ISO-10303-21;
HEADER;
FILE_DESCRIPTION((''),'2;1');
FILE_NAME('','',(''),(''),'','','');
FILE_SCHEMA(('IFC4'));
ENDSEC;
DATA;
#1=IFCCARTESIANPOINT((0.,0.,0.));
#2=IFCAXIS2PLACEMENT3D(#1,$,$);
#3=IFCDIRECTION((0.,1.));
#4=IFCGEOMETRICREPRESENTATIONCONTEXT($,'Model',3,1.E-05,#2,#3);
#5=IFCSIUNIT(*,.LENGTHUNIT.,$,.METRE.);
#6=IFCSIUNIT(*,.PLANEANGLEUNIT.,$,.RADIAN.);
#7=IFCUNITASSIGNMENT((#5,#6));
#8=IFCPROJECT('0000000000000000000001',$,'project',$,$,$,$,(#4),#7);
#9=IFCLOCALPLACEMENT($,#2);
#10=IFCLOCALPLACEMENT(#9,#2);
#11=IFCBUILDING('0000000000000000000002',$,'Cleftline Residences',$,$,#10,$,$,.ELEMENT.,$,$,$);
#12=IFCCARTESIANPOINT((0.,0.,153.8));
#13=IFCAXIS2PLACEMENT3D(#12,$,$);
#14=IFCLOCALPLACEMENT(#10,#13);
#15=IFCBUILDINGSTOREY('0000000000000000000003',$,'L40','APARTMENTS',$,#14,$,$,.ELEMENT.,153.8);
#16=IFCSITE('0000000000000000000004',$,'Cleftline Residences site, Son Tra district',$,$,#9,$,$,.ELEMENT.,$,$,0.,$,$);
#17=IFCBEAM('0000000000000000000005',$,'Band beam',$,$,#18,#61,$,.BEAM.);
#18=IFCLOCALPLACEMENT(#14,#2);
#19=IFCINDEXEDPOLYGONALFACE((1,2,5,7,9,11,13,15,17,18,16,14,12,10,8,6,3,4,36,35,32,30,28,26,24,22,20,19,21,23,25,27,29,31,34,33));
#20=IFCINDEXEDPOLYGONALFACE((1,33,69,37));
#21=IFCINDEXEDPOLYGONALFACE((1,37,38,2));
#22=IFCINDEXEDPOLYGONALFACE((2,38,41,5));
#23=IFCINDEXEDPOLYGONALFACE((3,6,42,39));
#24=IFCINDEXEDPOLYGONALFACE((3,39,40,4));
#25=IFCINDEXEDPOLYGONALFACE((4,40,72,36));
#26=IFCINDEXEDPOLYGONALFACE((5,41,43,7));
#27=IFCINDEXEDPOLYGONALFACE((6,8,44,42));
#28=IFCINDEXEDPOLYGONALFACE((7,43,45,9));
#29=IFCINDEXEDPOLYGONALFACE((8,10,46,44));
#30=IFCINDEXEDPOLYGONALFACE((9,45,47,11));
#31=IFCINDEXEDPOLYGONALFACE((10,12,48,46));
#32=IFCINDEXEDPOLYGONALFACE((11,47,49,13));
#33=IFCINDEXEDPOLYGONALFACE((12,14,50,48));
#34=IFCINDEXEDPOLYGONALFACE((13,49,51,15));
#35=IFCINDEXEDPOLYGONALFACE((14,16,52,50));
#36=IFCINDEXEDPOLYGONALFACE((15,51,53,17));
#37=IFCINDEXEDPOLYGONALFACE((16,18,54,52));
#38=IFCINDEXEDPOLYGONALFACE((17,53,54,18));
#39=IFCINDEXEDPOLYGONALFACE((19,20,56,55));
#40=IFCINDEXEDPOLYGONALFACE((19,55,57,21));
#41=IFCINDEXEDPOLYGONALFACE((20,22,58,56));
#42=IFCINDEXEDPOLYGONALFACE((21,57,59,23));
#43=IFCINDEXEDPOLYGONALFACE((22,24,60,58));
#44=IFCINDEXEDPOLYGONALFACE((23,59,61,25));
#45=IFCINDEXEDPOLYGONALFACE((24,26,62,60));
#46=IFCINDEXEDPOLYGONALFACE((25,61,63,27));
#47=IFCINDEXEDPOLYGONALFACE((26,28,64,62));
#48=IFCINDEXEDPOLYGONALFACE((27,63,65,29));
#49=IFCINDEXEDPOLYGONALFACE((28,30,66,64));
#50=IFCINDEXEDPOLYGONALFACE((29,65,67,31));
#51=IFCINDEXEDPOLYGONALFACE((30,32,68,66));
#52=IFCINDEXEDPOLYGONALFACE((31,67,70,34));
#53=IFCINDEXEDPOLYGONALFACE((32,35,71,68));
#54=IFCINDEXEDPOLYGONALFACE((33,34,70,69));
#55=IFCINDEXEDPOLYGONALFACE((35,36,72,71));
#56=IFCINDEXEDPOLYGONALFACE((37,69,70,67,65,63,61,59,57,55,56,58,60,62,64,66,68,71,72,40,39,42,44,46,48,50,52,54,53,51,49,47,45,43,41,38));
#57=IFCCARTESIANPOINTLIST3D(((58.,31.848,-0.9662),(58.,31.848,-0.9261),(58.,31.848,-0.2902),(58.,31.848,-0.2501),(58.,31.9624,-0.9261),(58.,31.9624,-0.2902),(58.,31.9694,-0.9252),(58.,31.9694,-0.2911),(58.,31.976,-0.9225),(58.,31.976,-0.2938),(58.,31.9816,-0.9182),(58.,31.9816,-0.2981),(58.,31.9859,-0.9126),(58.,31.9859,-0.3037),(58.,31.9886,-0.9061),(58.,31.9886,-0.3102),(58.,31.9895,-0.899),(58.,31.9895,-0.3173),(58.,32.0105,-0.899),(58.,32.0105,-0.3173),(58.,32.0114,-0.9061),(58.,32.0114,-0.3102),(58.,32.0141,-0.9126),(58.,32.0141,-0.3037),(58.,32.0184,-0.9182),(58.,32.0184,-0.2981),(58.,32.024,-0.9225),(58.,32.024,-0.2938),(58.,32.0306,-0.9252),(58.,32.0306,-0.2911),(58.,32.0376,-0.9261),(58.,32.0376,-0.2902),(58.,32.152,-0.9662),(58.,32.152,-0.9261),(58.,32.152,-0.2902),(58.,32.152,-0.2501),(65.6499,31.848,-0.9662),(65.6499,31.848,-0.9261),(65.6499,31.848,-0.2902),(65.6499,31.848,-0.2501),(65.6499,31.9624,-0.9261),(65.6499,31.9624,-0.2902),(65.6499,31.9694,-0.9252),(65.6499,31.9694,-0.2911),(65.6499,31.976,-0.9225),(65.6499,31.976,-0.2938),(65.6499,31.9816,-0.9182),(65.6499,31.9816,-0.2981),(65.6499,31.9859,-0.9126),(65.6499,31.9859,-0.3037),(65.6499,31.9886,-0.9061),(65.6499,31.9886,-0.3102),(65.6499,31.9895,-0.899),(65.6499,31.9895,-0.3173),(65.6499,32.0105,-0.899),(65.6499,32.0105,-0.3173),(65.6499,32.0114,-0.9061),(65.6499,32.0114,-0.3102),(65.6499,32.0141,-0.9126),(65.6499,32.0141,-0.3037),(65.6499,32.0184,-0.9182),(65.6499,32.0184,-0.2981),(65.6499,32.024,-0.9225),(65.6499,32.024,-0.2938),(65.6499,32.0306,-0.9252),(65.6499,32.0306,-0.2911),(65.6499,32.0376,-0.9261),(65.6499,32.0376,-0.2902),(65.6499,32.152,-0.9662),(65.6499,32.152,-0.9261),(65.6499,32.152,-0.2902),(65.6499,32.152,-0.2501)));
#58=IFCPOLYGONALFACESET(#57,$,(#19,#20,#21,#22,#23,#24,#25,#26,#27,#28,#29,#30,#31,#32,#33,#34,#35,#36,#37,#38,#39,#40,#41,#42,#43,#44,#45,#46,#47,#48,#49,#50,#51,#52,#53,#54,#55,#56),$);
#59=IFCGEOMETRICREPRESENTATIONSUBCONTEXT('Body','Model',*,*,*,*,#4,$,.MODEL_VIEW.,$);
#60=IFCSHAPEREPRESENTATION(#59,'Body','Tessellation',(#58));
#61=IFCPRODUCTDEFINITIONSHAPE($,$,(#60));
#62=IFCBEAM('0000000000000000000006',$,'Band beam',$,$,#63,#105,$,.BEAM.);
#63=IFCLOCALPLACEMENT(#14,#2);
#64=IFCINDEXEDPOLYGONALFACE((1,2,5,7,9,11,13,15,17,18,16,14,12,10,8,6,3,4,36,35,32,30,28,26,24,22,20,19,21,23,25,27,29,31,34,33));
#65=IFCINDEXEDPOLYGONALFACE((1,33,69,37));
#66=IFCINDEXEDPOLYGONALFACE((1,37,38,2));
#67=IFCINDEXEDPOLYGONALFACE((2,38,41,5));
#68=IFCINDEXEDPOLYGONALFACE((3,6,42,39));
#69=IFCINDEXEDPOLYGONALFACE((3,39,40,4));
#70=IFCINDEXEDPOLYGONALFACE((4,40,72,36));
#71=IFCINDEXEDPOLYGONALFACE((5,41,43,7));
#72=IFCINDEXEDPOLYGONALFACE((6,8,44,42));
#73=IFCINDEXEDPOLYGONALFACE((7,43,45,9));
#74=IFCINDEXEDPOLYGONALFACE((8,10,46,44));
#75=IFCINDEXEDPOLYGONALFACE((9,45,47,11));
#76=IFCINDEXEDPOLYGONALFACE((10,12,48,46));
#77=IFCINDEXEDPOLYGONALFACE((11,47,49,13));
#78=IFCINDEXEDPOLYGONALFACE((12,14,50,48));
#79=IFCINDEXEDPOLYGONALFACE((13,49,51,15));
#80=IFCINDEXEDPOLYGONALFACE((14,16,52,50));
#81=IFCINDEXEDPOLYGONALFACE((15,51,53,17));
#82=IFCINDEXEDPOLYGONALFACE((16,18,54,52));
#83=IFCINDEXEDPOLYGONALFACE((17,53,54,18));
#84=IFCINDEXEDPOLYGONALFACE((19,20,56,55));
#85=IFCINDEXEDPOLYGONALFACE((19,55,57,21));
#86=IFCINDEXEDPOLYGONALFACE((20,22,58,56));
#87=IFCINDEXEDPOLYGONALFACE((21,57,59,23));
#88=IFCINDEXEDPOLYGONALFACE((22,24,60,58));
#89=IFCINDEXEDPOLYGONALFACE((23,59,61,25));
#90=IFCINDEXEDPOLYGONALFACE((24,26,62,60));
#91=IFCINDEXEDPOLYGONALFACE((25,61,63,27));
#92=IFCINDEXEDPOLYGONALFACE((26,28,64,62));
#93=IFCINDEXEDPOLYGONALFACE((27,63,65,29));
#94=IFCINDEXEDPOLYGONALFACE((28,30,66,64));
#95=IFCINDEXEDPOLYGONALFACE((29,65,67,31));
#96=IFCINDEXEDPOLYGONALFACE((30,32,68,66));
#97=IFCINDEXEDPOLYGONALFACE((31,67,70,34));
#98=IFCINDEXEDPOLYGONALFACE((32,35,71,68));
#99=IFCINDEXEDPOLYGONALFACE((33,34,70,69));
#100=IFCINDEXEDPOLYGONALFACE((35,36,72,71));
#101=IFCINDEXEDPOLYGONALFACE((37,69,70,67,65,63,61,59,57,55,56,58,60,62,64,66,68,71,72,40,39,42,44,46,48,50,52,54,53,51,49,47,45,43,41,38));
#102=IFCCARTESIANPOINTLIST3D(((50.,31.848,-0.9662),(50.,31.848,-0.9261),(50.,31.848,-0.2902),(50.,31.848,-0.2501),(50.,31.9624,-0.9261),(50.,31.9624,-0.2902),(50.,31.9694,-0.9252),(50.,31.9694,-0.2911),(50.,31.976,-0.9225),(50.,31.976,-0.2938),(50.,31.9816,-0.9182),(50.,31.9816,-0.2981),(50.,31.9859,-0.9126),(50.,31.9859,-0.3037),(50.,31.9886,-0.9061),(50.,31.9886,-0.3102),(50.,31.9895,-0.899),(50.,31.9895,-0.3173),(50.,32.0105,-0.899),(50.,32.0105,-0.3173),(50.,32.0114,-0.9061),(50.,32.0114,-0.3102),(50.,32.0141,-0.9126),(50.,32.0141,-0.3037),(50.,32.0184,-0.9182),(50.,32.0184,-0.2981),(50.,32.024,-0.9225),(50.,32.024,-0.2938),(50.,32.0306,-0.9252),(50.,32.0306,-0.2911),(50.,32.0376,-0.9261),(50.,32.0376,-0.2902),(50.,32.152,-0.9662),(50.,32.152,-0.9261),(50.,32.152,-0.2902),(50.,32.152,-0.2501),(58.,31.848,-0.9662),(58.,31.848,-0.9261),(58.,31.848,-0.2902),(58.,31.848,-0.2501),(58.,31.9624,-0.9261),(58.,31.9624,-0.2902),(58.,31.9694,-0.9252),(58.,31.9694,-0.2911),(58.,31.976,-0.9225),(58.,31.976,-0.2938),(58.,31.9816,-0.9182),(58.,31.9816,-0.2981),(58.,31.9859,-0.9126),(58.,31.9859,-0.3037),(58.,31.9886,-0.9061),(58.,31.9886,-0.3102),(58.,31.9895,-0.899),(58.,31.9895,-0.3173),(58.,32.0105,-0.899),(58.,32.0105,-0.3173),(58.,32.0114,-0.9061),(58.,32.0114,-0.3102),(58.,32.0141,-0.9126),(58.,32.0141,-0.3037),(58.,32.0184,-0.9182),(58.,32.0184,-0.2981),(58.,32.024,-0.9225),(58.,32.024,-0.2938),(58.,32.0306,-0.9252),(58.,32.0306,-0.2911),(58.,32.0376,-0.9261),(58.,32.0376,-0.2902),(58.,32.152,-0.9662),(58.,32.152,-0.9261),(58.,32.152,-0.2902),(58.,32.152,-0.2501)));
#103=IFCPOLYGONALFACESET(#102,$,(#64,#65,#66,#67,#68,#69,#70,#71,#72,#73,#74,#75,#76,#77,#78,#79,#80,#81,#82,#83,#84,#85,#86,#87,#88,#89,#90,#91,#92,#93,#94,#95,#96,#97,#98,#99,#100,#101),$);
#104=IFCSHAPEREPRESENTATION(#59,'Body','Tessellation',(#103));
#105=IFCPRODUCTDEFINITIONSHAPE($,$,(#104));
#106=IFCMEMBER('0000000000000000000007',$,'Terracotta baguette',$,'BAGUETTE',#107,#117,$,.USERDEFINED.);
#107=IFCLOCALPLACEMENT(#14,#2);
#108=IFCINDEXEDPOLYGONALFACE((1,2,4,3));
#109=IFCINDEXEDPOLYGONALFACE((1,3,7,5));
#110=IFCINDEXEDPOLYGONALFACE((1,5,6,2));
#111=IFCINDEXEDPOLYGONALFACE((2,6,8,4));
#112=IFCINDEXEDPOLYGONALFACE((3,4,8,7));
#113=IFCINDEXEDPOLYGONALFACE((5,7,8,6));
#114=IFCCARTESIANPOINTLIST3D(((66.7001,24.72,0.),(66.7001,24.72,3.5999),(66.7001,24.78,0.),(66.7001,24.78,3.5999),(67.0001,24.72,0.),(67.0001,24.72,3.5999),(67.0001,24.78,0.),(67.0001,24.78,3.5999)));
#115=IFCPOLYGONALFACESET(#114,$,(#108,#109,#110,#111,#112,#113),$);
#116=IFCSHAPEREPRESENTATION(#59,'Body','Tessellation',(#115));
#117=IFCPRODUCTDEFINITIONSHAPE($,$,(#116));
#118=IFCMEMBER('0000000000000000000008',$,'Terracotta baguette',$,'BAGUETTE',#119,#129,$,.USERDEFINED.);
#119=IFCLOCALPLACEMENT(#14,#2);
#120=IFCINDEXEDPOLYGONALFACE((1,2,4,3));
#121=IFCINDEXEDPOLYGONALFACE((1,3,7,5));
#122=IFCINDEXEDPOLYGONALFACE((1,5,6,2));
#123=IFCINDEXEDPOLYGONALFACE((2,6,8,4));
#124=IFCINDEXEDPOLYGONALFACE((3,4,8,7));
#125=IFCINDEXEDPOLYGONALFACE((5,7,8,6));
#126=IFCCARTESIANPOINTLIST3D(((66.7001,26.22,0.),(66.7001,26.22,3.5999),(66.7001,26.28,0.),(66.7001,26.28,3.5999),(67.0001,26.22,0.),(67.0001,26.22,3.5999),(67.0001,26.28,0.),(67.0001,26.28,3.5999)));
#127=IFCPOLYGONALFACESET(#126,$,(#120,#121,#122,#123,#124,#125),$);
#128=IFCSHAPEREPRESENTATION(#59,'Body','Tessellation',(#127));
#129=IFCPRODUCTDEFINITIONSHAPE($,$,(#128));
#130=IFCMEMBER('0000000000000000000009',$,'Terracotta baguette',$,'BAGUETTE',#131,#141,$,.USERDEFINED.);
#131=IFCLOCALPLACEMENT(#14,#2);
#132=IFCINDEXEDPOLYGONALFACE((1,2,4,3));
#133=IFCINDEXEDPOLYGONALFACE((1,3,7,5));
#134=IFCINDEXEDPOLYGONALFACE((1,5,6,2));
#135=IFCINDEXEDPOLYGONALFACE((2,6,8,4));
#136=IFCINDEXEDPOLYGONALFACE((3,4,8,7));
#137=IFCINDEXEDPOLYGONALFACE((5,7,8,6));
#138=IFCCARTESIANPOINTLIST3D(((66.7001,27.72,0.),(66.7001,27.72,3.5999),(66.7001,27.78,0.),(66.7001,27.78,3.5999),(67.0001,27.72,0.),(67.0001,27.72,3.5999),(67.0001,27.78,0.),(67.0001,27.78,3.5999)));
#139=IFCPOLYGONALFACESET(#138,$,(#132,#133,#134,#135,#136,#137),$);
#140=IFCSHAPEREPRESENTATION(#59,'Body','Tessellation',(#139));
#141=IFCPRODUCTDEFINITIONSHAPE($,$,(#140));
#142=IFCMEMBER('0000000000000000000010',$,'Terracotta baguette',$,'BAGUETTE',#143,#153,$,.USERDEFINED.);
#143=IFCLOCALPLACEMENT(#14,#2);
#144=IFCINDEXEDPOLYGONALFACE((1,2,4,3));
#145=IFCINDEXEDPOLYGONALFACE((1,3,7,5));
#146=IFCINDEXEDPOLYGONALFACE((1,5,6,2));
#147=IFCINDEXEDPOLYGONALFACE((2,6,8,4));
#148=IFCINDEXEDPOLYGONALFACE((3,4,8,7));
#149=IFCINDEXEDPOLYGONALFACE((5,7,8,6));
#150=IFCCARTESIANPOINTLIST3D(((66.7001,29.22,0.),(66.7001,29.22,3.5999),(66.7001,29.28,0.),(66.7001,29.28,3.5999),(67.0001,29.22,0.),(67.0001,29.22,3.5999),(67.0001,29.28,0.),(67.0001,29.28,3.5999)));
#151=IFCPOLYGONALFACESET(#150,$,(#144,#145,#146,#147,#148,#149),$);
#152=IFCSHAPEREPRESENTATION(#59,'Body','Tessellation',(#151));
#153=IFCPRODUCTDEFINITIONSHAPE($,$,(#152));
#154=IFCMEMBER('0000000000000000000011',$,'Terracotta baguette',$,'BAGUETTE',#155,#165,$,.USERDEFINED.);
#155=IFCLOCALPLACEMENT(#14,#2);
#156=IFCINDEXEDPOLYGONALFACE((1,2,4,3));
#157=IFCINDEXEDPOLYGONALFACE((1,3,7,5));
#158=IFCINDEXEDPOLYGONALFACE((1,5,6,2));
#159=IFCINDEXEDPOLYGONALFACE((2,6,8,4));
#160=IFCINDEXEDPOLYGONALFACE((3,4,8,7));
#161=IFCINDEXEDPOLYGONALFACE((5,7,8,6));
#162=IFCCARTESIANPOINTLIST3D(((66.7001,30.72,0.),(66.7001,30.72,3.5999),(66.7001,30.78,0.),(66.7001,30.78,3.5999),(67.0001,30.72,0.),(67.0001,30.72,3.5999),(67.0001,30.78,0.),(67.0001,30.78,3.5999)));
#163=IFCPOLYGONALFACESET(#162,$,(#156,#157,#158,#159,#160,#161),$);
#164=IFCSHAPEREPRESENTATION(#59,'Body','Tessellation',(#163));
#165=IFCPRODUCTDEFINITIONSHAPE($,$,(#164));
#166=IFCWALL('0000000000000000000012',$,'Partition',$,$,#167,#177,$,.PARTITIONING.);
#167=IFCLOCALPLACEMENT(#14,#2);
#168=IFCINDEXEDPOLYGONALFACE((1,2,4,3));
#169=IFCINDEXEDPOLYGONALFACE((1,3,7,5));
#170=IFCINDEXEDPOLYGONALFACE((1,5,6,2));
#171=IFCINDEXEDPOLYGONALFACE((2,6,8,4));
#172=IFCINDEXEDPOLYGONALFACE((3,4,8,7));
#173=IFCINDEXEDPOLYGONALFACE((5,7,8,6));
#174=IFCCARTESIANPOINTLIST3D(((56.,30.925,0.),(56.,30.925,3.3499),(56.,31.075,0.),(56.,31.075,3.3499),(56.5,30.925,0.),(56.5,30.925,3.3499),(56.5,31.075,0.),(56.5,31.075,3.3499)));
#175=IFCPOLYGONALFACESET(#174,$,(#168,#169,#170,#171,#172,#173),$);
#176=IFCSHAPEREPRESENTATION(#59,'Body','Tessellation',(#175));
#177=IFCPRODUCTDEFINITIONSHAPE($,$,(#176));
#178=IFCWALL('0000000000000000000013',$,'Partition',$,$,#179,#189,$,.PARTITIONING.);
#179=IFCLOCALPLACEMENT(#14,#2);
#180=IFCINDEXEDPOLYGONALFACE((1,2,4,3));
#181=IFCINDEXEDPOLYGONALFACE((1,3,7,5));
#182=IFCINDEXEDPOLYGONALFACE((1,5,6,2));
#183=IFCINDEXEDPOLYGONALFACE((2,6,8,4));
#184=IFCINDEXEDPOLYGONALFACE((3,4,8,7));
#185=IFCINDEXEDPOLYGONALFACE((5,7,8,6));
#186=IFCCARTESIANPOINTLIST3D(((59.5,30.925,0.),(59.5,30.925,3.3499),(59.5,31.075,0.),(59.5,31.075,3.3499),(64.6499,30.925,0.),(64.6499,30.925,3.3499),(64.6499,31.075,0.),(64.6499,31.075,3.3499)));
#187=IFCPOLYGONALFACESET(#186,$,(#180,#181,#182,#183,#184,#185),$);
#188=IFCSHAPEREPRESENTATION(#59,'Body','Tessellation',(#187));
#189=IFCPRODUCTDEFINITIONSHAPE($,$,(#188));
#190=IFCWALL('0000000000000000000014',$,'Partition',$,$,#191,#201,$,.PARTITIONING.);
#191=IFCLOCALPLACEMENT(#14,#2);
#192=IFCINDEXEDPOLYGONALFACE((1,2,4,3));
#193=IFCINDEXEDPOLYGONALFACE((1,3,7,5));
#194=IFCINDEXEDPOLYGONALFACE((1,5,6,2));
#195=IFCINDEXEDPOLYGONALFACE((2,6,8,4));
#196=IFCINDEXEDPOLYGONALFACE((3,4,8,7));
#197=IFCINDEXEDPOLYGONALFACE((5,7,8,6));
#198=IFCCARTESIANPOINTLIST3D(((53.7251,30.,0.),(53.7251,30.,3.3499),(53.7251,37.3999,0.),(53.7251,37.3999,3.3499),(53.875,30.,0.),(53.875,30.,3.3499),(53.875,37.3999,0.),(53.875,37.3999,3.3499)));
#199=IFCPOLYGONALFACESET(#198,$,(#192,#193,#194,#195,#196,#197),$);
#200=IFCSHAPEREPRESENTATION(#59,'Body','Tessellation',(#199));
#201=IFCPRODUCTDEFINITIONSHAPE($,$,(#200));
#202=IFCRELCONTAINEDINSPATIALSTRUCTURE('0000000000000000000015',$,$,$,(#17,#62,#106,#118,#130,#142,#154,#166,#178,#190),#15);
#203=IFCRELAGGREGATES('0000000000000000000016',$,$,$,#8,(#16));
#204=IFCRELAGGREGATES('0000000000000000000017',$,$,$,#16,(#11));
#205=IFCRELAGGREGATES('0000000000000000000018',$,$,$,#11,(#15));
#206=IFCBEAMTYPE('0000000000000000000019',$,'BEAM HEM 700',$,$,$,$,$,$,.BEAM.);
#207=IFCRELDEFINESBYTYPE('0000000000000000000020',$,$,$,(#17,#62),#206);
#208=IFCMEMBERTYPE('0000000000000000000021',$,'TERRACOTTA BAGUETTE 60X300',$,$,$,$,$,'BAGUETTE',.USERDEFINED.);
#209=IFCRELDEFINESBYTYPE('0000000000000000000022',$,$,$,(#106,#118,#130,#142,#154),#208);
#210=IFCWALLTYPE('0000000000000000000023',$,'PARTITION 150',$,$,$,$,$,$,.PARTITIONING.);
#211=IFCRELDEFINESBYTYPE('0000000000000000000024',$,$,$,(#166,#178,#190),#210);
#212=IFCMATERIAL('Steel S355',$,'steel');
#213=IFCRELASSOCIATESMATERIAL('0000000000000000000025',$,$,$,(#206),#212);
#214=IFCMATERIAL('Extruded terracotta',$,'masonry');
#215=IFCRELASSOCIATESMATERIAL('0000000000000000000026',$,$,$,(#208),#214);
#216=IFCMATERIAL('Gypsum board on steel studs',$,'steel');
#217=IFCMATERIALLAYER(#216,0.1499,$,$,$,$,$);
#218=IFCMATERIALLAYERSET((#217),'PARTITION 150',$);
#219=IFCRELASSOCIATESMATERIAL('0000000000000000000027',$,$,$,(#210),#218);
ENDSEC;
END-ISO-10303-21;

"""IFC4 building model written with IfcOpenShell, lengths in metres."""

from ifc_helpers import new_model, si_unit, direction, frame, frame_2d, origin, origin_2d, place, context, subcontext, project, spatial, rectangle, i_section, extrude, material, layer, layer_set, material_profile, profile_set, type_object, element, save


model = new_model("IFC4")

# Units and contexts
model_context = context("Model", 3, precision=1e-05, world=origin(), true_north=direction((0.0, 1.0)))
body_context = subcontext(model_context, "Body", "Model", "MODEL_VIEW")
ifc_project = project(units=[si_unit("LENGTHUNIT", "METRE"), si_unit("PLANEANGLEUNIT", "RADIAN")], contexts=[model_context])

# Site, building, storey
site_placement = place(None, origin())
site = spatial("IfcSite", under=ifc_project, at=site_placement, Name="Cleftline Residences site, Son Tra district", CompositionType="ELEMENT", RefElevation=0.0)
building_placement = place(site_placement, origin())
building = spatial("IfcBuilding", under=site, at=building_placement, Name="Cleftline Residences", CompositionType="ELEMENT")
storey_placement = place(building_placement, frame((0.0, 0.0, 153.8)))
storey = spatial("IfcBuildingStorey", under=building, at=storey_placement, Name="L40", Description="APARTMENTS", CompositionType="ELEMENT", Elevation=153.8)

# Beams
ifc_material_1 = material(Name="Steel S355", Category="steel")
ifc_material_profile_1 = material_profile(ifc_material_1, i_section(OverallWidth=0.304, OverallDepth=0.7161, WebThickness=0.021, FlangeThickness=0.04, FilletRadius=0.0271, at=origin_2d()))
ifc_profile_set_1 = profile_set([ifc_material_profile_1], Name="Steel S355")
beam_type_1 = type_object("IfcBeamType", Name="BEAM HEM 700", PredefinedType="BEAM", material=ifc_profile_set_1)
beam_1_placement = place(storey_placement, frame((65.6499, 32.0, -0.6082), z_axis=(-1.0, 0.0, 0.0), x_axis=(0.0, -1.0, 0.0)))
element("IfcBeam", 1, at=beam_1_placement, inside=storey, type_object=beam_type_1, Name="Band beam", PredefinedType="BEAM", context=body_context, shape_type="SweptSolid", body=[
    extrude(i_section(OverallWidth=0.304, OverallDepth=0.7161, WebThickness=0.021, FlangeThickness=0.04, FilletRadius=0.0271, at=origin_2d()), origin(), (0.0, 0.0, 1.0), 7.6499),
])
beam_2_placement = place(storey_placement, frame((58.0, 32.0, -0.6082), z_axis=(-1.0, 0.0, 0.0), x_axis=(0.0, -1.0, 0.0)))
element("IfcBeam", 2, at=beam_2_placement, inside=storey, type_object=beam_type_1, Name="Band beam", PredefinedType="BEAM", context=body_context, shape_type="SweptSolid", body=[
    extrude(i_section(OverallWidth=0.304, OverallDepth=0.7161, WebThickness=0.021, FlangeThickness=0.04, FilletRadius=0.0271, at=origin_2d()), origin(), (0.0, 0.0, 1.0), 8.0),
])

# Members
ifc_material_2 = material(Name="Extruded terracotta", Category="masonry")
ifc_material_profile_2 = material_profile(ifc_material_2, rectangle(XDim=0.0601, YDim=0.3, at=origin_2d()))
ifc_profile_set_2 = profile_set([ifc_material_profile_2], Name="Extruded terracotta")
member_type_1 = type_object("IfcMemberType", Name="TERRACOTTA BAGUETTE 60X300", ElementType="BAGUETTE", PredefinedType="USERDEFINED", material=ifc_profile_set_2)
for number, where, z_axis, x_axis, name in (
    (3, (66.8501, 24.75, 0.0), (0.0, 0.0, 1.0), (0.0, 1.0, 0.0), "Terracotta baguette"),
    (4, (66.8501, 26.25, 0.0), (0.0, 0.0, 1.0), (0.0, 1.0, 0.0), "Terracotta baguette"),
    (5, (66.8501, 27.75, 0.0), (0.0, 0.0, 1.0), (0.0, 1.0, 0.0), "Terracotta baguette"),
    (6, (66.8501, 29.25, 0.0), (0.0, 0.0, 1.0), (0.0, 1.0, 0.0), "Terracotta baguette"),
    (7, (66.8501, 30.75, 0.0), (0.0, 0.0, 1.0), (0.0, 1.0, 0.0), "Terracotta baguette"),
):
    element("IfcMember", number, at=place(storey_placement, frame(where, z_axis=z_axis, x_axis=x_axis)), inside=storey, type_object=member_type_1, Name=name, ObjectType="BAGUETTE", PredefinedType="USERDEFINED", context=body_context, shape_type="SweptSolid", body=[
        extrude(rectangle(XDim=0.0601, YDim=0.3, at=origin_2d()), origin(), (0.0, 0.0, 1.0), 3.5999),
    ])

# Walls
ifc_material_3 = material(Name="Gypsum board on steel studs", Category="steel")
ifc_layer_1 = layer(ifc_material_3, 0.1499)
ifc_layer_set_1 = layer_set([ifc_layer_1], Name="PARTITION 150")
wall_type_1 = type_object("IfcWallType", Name="PARTITION 150", PredefinedType="PARTITIONING", material=ifc_layer_set_1)
wall_1_placement = place(storey_placement, frame((56.0, 31.0, 0.0), z_axis=(0.0, 0.0, 1.0), x_axis=(1.0, 0.0, 0.0)))
element("IfcWall", 8, at=wall_1_placement, inside=storey, type_object=wall_type_1, Name="Partition", PredefinedType="PARTITIONING", context=body_context, shape_type="SweptSolid", body=[
    extrude(rectangle(XDim=0.5, YDim=0.1499, at=frame_2d((0.25, 0.0))), origin(), (0.0, 0.0, 1.0), 3.3499),
])
wall_2_placement = place(storey_placement, frame((59.5, 31.0, 0.0), z_axis=(0.0, 0.0, 1.0), x_axis=(1.0, 0.0, 0.0)))
element("IfcWall", 9, at=wall_2_placement, inside=storey, type_object=wall_type_1, Name="Partition", PredefinedType="PARTITIONING", context=body_context, shape_type="SweptSolid", body=[
    extrude(rectangle(XDim=5.1499, YDim=0.1499, at=frame_2d((2.575, 0.0))), origin(), (0.0, 0.0, 1.0), 3.3499),
])
wall_3_placement = place(storey_placement, frame((53.8, 30.0, 0.0), z_axis=(0.0, 0.0, 1.0), x_axis=(0.0, 1.0, 0.0)))
element("IfcWall", 10, at=wall_3_placement, inside=storey, type_object=wall_type_1, Name="Partition", PredefinedType="PARTITIONING", context=body_context, shape_type="SweptSolid", body=[
    extrude(rectangle(XDim=7.3999, YDim=0.1499, at=frame_2d((3.7, 0.0))), origin(), (0.0, 0.0, 1.0), 3.3499),
])

save(model, "model.ifc")
